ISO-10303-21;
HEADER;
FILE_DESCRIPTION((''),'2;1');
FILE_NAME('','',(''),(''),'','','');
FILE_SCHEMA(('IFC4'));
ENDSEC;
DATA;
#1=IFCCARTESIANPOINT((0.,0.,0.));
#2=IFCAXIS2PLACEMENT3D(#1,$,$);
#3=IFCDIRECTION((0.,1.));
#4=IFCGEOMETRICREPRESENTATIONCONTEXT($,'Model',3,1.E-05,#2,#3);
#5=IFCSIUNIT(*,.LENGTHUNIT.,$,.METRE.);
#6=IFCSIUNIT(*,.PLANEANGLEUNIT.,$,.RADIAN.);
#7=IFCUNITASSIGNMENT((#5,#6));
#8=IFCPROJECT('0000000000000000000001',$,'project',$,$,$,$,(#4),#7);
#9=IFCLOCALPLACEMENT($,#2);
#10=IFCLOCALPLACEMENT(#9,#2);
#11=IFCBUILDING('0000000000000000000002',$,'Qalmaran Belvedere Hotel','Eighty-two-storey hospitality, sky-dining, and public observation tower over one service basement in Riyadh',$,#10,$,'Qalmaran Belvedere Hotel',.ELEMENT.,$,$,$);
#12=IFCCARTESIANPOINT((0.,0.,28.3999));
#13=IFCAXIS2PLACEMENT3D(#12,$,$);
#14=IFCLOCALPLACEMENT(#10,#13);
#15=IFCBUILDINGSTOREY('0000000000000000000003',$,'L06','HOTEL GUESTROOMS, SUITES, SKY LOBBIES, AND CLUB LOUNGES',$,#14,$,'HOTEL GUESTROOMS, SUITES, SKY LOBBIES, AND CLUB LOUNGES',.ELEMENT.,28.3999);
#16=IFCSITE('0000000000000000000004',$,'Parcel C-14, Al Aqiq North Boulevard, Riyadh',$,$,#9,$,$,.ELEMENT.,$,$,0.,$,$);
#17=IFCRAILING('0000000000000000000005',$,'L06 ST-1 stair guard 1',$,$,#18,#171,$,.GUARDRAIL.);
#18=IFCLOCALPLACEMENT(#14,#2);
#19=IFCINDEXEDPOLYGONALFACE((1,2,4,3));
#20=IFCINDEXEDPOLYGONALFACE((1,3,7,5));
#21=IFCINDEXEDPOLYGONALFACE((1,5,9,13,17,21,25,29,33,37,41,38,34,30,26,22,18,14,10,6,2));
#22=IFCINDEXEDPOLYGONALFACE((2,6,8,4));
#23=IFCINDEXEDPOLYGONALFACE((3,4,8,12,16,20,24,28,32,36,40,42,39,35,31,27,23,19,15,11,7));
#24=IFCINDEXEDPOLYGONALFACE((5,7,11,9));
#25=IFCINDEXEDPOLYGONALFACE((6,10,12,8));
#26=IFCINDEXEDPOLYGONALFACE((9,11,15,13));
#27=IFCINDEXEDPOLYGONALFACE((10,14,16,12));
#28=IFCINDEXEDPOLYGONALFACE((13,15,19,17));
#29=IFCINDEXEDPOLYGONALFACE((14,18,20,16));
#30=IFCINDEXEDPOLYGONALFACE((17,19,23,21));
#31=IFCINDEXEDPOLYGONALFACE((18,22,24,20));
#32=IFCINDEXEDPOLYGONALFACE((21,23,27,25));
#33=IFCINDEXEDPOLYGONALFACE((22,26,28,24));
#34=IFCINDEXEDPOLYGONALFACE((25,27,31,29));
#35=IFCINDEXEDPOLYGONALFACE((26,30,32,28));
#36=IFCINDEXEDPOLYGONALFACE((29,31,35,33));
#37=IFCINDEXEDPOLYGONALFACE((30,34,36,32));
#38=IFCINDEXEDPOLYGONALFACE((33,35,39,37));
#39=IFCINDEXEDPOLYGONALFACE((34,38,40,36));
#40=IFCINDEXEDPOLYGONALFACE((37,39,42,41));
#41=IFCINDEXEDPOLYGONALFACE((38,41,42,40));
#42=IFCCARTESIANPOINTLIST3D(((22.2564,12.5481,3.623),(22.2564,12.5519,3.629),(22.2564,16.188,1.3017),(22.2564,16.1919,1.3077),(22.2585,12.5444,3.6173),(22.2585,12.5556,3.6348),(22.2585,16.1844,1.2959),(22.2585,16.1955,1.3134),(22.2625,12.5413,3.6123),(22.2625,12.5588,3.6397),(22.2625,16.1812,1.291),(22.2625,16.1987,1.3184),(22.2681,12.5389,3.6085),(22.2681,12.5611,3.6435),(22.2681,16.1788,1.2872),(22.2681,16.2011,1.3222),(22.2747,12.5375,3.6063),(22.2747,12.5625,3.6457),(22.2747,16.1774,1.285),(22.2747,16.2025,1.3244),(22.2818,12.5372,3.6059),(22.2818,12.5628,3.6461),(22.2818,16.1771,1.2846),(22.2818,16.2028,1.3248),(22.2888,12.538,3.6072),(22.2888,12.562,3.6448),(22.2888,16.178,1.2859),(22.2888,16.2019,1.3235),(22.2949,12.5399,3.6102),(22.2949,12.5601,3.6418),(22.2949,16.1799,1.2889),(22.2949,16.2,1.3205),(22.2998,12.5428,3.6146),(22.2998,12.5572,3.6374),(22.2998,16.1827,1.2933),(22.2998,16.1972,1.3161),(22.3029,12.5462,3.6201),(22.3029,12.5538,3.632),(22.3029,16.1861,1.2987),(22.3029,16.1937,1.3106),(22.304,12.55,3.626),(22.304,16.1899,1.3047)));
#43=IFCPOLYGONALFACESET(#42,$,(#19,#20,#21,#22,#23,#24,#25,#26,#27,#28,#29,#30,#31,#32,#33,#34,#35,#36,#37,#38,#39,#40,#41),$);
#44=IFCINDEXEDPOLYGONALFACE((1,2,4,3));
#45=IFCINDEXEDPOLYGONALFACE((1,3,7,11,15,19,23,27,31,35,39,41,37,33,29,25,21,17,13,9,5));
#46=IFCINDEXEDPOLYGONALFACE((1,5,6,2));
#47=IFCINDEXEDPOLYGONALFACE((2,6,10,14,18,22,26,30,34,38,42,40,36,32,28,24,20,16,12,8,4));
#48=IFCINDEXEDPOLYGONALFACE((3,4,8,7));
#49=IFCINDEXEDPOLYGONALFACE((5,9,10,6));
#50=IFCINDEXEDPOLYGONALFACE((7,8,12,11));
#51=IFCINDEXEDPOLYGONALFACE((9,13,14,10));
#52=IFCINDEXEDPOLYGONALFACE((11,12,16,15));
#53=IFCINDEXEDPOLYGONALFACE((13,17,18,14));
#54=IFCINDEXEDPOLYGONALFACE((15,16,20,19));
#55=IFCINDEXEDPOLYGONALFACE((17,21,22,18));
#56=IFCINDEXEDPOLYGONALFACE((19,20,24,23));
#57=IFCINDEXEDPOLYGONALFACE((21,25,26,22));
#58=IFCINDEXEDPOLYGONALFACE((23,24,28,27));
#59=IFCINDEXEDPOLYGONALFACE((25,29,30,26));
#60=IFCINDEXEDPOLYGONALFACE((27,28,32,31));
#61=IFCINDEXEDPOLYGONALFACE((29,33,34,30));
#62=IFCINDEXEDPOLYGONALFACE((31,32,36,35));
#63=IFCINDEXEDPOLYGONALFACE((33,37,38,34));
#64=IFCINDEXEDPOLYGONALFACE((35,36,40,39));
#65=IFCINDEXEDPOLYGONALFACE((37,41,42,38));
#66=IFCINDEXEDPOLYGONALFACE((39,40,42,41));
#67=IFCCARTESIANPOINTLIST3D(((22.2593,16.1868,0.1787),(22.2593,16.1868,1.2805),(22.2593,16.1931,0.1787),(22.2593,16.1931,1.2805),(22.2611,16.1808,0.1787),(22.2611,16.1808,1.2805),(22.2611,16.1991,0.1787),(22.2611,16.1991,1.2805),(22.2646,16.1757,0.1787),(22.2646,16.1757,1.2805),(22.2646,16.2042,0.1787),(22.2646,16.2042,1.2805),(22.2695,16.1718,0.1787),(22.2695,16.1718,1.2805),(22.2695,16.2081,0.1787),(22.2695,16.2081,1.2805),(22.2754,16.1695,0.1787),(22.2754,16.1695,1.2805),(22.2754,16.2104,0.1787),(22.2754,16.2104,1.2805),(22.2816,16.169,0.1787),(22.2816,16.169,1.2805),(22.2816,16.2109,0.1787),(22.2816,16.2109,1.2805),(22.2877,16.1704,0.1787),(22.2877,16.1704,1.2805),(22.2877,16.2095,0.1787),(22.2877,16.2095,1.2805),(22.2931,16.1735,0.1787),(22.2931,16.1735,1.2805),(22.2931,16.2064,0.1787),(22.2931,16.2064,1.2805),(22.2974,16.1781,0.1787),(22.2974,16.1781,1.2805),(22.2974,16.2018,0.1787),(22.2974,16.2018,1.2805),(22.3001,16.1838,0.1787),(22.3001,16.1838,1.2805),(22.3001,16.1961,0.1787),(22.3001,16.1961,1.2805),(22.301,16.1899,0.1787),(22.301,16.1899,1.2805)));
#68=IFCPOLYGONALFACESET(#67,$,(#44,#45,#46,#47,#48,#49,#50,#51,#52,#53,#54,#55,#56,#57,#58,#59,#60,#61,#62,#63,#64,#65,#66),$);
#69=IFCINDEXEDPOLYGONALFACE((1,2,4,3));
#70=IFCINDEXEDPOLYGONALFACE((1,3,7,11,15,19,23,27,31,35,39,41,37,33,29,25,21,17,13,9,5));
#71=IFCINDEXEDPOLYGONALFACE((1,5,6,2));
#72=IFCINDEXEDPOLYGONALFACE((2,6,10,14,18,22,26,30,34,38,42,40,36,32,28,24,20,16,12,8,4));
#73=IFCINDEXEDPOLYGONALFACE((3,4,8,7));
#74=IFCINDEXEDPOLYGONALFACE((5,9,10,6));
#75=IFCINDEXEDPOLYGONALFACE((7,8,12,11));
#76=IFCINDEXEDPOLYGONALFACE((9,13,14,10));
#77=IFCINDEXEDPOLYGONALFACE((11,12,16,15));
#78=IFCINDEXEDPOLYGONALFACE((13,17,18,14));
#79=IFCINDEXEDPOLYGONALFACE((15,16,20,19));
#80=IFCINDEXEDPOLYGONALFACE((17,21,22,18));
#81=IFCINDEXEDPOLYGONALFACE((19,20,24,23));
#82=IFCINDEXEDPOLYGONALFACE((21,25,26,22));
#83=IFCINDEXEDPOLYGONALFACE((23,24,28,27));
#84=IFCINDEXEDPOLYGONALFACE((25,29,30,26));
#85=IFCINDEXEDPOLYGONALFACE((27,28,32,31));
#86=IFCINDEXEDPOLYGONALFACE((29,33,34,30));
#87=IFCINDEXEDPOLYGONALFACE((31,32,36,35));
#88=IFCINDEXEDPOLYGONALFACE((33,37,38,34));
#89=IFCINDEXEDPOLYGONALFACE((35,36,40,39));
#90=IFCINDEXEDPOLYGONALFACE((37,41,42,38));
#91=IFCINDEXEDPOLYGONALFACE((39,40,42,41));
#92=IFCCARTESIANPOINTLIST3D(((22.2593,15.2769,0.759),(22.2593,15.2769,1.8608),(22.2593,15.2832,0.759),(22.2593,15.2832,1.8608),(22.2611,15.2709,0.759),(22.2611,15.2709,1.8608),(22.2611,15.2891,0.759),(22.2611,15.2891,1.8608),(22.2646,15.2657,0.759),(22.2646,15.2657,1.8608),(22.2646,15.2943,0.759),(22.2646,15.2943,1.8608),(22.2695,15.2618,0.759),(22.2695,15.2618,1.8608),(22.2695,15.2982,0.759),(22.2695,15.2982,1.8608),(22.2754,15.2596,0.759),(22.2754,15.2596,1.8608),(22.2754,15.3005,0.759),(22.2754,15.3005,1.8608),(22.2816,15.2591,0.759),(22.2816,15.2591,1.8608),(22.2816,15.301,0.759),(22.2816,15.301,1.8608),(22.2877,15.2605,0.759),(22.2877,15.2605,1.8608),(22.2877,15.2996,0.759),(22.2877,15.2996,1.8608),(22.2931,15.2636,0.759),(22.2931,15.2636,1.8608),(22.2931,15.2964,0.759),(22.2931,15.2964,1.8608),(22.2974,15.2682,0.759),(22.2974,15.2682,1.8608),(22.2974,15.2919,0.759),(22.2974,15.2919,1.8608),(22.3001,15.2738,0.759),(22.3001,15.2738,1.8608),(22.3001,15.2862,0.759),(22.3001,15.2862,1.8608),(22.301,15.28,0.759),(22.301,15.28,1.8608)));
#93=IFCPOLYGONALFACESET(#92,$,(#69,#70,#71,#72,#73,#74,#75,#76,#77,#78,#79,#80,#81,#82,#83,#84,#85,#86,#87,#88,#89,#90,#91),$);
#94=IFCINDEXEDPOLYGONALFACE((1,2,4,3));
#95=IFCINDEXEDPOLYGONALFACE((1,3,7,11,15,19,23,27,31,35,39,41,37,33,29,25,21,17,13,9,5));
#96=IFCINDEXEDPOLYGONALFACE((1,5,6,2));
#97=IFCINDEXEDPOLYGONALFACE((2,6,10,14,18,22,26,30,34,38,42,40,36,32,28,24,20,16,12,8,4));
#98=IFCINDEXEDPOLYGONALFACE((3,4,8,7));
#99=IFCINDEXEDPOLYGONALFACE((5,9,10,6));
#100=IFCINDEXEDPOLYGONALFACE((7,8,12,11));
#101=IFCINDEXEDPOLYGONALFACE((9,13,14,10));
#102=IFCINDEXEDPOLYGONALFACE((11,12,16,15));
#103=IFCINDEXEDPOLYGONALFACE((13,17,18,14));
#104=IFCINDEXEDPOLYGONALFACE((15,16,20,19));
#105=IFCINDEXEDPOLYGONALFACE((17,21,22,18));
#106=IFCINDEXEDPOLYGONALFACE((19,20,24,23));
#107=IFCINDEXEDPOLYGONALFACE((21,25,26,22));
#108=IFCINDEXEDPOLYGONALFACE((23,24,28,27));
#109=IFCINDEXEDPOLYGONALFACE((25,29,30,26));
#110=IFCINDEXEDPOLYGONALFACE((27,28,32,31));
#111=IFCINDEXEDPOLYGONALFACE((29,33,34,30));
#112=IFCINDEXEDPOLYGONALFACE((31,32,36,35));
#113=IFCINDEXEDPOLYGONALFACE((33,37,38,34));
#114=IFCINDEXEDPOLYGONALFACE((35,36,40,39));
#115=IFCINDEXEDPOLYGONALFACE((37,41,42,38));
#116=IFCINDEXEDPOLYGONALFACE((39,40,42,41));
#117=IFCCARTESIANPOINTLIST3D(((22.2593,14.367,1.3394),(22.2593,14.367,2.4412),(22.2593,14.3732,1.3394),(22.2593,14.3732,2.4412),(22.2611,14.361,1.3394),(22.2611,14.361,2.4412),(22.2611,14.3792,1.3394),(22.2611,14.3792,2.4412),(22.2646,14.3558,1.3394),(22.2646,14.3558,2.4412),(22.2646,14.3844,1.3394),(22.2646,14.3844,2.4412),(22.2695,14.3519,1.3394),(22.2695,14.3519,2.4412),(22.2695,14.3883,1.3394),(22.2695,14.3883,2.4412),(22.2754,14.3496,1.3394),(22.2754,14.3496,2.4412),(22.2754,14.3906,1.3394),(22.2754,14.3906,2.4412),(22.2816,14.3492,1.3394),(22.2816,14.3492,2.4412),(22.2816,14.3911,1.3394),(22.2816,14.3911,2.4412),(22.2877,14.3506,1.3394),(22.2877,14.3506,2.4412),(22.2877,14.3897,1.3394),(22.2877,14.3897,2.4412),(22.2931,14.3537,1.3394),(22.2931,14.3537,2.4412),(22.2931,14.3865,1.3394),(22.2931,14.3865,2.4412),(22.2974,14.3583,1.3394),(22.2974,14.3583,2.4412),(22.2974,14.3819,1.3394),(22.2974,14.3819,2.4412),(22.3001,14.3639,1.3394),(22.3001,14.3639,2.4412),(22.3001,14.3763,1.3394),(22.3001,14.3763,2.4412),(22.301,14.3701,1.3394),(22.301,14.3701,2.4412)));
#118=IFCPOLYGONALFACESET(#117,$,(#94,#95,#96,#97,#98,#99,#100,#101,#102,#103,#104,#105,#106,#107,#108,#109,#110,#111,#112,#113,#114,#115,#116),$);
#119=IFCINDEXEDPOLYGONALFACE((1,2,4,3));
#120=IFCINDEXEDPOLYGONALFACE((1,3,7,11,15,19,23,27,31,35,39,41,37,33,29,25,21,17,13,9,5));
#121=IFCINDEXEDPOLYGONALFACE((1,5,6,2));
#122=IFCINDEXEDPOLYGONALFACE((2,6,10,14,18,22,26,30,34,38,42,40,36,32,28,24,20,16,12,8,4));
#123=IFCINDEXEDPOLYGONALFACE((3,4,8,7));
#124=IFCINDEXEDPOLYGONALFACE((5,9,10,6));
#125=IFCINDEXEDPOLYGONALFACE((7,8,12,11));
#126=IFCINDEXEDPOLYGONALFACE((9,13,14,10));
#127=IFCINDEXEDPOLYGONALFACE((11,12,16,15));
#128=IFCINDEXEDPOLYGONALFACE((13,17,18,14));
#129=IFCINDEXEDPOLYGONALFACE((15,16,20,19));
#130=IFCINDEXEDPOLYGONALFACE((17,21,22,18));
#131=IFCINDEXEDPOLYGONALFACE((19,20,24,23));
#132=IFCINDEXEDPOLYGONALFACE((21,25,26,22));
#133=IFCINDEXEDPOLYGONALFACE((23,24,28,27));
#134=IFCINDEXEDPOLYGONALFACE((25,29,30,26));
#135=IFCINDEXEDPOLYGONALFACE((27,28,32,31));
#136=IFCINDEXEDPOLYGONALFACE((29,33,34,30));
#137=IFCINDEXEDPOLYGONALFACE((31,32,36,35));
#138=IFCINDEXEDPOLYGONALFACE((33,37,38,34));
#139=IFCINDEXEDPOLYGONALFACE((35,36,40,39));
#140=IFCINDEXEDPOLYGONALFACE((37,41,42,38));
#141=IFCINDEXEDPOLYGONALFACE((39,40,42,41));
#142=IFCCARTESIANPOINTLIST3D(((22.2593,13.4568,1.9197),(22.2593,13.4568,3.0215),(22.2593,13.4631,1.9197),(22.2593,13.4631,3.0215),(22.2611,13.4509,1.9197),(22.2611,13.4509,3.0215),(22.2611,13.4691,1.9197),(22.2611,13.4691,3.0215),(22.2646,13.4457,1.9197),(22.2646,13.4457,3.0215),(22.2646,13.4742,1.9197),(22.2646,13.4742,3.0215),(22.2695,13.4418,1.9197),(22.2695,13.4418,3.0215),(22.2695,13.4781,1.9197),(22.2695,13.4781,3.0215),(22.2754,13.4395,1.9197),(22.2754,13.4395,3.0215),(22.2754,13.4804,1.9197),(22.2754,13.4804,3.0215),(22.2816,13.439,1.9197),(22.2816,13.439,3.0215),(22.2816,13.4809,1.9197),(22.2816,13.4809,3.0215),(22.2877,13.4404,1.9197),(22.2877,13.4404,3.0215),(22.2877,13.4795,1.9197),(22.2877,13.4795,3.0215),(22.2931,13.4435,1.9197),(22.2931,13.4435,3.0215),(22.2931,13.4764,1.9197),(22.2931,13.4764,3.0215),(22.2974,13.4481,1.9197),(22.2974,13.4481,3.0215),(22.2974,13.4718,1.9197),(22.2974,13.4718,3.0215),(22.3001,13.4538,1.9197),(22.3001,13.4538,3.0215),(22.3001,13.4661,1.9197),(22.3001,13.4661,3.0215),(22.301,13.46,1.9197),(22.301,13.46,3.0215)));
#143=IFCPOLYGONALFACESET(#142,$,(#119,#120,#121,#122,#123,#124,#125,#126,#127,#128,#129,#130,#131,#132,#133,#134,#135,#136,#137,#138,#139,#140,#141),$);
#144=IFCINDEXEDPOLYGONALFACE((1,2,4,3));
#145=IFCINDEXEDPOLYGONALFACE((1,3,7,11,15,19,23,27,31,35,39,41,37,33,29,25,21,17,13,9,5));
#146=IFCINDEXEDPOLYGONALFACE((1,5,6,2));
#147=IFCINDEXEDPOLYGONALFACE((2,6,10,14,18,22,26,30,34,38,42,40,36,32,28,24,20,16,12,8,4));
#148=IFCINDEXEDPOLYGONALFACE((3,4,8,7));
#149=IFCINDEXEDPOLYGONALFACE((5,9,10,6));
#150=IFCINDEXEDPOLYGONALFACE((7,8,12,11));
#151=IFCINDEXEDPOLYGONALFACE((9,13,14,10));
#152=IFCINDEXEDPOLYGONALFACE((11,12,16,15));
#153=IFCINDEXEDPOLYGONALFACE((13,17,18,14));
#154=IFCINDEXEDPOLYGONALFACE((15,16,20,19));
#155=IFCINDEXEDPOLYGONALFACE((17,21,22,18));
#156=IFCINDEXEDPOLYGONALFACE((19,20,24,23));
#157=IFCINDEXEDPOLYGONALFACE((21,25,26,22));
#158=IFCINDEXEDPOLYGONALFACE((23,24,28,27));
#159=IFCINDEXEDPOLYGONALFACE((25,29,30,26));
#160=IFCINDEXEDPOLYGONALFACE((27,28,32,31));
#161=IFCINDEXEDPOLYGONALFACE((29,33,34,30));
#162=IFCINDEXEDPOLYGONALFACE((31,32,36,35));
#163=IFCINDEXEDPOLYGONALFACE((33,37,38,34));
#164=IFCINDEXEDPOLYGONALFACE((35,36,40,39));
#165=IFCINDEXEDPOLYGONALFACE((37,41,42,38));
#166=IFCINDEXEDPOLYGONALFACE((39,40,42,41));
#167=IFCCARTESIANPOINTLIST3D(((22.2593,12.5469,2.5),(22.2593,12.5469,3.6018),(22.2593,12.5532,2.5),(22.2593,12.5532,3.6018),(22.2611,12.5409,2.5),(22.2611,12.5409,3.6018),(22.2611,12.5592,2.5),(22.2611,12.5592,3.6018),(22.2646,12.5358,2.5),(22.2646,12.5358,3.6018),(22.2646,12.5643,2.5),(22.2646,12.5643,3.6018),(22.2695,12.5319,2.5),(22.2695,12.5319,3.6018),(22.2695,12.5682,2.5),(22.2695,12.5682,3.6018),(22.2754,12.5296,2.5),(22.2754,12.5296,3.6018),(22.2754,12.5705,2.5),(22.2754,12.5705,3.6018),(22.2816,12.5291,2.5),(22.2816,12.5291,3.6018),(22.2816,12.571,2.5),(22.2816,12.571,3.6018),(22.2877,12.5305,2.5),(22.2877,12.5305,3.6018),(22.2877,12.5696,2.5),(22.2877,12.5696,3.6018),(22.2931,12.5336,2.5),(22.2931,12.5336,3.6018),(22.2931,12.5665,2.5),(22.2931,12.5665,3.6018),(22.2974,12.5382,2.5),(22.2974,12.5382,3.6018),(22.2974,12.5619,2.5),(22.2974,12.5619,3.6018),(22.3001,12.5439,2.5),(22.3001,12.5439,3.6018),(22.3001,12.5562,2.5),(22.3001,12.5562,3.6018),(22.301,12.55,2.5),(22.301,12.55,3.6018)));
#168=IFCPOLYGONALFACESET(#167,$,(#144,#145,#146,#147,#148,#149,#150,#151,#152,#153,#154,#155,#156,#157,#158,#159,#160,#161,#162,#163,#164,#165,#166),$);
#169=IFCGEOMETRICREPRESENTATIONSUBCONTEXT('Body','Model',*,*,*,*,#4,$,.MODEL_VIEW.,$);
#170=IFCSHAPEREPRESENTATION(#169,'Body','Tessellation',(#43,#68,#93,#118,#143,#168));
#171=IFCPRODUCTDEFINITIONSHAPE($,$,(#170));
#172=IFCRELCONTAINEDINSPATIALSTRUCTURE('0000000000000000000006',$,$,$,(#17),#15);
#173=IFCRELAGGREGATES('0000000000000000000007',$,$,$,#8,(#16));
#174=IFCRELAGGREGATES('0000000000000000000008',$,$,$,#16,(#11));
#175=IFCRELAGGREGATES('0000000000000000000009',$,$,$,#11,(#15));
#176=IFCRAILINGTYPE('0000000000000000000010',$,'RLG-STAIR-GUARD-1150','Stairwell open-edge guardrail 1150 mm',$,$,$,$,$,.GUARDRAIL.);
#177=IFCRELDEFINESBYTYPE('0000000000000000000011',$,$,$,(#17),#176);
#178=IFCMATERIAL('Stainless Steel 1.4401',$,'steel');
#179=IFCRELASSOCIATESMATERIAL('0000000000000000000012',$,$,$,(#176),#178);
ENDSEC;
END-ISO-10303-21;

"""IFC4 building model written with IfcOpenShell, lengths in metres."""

from ifc_helpers import new_model, si_unit, direction, frame, origin, origin_2d, place, context, subcontext, project, spatial, circle, extrude, material, type_object, element, save


model = new_model("IFC4")

# Units and contexts
model_context = context("Model", 3, precision=1e-05, world=origin(), true_north=direction((0.0, 1.0)))
body_context = subcontext(model_context, "Body", "Model", "MODEL_VIEW")
ifc_project = project(units=[si_unit("LENGTHUNIT", "METRE"), si_unit("PLANEANGLEUNIT", "RADIAN")], contexts=[model_context])

# Site, building, storey
site_placement = place(None, origin())
site = spatial("IfcSite", under=ifc_project, at=site_placement, Name="Parcel C-14, Al Aqiq North Boulevard, Riyadh", CompositionType="ELEMENT", RefElevation=0.0)
building_placement = place(site_placement, origin())
building = spatial("IfcBuilding", under=site, at=building_placement, Name="Qalmaran Belvedere Hotel", Description="Eighty-two-storey hospitality, sky-dining, and public observation tower over one service basement in Riyadh", LongName="Qalmaran Belvedere Hotel", CompositionType="ELEMENT")
storey_placement = place(building_placement, frame((0.0, 0.0, 28.3999)))
storey = spatial("IfcBuildingStorey", under=building, at=storey_placement, Name="L06", Description="HOTEL GUESTROOMS, SUITES, SKY LOBBIES, AND CLUB LOUNGES", LongName="HOTEL GUESTROOMS, SUITES, SKY LOBBIES, AND CLUB LOUNGES", CompositionType="ELEMENT", Elevation=28.3999)

# Shared definitions
ifc_material_1 = material(Name="Stainless Steel 1.4401", Category="steel")

# Railing
railing_type_1 = type_object("IfcRailingType", Name="RLG-STAIR-GUARD-1150", Description="Stairwell open-edge guardrail 1150 mm", PredefinedType="GUARDRAIL", material=ifc_material_1)
railing_1_placement = place(storey_placement, frame((22.28, 16.1899, 0.1787)))
element("IfcRailing", 1, at=railing_1_placement, inside=storey, type_object=railing_type_1, Name="L06 ST-1 stair guard 1", PredefinedType="GUARDRAIL", context=body_context, shape_type="SweptSolid", body=[
    extrude(circle(Radius=0.0239, at=origin_2d()), frame((0.0, 0.0, 1.126), z_axis=(0.0, -0.843137, 0.537699), x_axis=(1.0, 0.0, 0.0)), (0.0, 0.0, 1.0), 4.3171),
    extrude(circle(Radius=0.021, at=origin_2d()), origin(), (0.0, 0.0, 1.0), 1.1018),
    extrude(circle(Radius=0.021, at=origin_2d()), frame((0.0, -0.9099, 0.5803)), (0.0, 0.0, 1.0), 1.1018),
    extrude(circle(Radius=0.021, at=origin_2d()), frame((0.0, -1.8198, 1.1606)), (0.0, 0.0, 1.0), 1.1018),
    extrude(circle(Radius=0.021, at=origin_2d()), frame((0.0, -2.73, 1.741)), (0.0, 0.0, 1.0), 1.1018),
    extrude(circle(Radius=0.021, at=origin_2d()), frame((0.0, -3.6399, 2.3213)), (0.0, 0.0, 1.0), 1.1018),
])

save(model, "model.ifc")
